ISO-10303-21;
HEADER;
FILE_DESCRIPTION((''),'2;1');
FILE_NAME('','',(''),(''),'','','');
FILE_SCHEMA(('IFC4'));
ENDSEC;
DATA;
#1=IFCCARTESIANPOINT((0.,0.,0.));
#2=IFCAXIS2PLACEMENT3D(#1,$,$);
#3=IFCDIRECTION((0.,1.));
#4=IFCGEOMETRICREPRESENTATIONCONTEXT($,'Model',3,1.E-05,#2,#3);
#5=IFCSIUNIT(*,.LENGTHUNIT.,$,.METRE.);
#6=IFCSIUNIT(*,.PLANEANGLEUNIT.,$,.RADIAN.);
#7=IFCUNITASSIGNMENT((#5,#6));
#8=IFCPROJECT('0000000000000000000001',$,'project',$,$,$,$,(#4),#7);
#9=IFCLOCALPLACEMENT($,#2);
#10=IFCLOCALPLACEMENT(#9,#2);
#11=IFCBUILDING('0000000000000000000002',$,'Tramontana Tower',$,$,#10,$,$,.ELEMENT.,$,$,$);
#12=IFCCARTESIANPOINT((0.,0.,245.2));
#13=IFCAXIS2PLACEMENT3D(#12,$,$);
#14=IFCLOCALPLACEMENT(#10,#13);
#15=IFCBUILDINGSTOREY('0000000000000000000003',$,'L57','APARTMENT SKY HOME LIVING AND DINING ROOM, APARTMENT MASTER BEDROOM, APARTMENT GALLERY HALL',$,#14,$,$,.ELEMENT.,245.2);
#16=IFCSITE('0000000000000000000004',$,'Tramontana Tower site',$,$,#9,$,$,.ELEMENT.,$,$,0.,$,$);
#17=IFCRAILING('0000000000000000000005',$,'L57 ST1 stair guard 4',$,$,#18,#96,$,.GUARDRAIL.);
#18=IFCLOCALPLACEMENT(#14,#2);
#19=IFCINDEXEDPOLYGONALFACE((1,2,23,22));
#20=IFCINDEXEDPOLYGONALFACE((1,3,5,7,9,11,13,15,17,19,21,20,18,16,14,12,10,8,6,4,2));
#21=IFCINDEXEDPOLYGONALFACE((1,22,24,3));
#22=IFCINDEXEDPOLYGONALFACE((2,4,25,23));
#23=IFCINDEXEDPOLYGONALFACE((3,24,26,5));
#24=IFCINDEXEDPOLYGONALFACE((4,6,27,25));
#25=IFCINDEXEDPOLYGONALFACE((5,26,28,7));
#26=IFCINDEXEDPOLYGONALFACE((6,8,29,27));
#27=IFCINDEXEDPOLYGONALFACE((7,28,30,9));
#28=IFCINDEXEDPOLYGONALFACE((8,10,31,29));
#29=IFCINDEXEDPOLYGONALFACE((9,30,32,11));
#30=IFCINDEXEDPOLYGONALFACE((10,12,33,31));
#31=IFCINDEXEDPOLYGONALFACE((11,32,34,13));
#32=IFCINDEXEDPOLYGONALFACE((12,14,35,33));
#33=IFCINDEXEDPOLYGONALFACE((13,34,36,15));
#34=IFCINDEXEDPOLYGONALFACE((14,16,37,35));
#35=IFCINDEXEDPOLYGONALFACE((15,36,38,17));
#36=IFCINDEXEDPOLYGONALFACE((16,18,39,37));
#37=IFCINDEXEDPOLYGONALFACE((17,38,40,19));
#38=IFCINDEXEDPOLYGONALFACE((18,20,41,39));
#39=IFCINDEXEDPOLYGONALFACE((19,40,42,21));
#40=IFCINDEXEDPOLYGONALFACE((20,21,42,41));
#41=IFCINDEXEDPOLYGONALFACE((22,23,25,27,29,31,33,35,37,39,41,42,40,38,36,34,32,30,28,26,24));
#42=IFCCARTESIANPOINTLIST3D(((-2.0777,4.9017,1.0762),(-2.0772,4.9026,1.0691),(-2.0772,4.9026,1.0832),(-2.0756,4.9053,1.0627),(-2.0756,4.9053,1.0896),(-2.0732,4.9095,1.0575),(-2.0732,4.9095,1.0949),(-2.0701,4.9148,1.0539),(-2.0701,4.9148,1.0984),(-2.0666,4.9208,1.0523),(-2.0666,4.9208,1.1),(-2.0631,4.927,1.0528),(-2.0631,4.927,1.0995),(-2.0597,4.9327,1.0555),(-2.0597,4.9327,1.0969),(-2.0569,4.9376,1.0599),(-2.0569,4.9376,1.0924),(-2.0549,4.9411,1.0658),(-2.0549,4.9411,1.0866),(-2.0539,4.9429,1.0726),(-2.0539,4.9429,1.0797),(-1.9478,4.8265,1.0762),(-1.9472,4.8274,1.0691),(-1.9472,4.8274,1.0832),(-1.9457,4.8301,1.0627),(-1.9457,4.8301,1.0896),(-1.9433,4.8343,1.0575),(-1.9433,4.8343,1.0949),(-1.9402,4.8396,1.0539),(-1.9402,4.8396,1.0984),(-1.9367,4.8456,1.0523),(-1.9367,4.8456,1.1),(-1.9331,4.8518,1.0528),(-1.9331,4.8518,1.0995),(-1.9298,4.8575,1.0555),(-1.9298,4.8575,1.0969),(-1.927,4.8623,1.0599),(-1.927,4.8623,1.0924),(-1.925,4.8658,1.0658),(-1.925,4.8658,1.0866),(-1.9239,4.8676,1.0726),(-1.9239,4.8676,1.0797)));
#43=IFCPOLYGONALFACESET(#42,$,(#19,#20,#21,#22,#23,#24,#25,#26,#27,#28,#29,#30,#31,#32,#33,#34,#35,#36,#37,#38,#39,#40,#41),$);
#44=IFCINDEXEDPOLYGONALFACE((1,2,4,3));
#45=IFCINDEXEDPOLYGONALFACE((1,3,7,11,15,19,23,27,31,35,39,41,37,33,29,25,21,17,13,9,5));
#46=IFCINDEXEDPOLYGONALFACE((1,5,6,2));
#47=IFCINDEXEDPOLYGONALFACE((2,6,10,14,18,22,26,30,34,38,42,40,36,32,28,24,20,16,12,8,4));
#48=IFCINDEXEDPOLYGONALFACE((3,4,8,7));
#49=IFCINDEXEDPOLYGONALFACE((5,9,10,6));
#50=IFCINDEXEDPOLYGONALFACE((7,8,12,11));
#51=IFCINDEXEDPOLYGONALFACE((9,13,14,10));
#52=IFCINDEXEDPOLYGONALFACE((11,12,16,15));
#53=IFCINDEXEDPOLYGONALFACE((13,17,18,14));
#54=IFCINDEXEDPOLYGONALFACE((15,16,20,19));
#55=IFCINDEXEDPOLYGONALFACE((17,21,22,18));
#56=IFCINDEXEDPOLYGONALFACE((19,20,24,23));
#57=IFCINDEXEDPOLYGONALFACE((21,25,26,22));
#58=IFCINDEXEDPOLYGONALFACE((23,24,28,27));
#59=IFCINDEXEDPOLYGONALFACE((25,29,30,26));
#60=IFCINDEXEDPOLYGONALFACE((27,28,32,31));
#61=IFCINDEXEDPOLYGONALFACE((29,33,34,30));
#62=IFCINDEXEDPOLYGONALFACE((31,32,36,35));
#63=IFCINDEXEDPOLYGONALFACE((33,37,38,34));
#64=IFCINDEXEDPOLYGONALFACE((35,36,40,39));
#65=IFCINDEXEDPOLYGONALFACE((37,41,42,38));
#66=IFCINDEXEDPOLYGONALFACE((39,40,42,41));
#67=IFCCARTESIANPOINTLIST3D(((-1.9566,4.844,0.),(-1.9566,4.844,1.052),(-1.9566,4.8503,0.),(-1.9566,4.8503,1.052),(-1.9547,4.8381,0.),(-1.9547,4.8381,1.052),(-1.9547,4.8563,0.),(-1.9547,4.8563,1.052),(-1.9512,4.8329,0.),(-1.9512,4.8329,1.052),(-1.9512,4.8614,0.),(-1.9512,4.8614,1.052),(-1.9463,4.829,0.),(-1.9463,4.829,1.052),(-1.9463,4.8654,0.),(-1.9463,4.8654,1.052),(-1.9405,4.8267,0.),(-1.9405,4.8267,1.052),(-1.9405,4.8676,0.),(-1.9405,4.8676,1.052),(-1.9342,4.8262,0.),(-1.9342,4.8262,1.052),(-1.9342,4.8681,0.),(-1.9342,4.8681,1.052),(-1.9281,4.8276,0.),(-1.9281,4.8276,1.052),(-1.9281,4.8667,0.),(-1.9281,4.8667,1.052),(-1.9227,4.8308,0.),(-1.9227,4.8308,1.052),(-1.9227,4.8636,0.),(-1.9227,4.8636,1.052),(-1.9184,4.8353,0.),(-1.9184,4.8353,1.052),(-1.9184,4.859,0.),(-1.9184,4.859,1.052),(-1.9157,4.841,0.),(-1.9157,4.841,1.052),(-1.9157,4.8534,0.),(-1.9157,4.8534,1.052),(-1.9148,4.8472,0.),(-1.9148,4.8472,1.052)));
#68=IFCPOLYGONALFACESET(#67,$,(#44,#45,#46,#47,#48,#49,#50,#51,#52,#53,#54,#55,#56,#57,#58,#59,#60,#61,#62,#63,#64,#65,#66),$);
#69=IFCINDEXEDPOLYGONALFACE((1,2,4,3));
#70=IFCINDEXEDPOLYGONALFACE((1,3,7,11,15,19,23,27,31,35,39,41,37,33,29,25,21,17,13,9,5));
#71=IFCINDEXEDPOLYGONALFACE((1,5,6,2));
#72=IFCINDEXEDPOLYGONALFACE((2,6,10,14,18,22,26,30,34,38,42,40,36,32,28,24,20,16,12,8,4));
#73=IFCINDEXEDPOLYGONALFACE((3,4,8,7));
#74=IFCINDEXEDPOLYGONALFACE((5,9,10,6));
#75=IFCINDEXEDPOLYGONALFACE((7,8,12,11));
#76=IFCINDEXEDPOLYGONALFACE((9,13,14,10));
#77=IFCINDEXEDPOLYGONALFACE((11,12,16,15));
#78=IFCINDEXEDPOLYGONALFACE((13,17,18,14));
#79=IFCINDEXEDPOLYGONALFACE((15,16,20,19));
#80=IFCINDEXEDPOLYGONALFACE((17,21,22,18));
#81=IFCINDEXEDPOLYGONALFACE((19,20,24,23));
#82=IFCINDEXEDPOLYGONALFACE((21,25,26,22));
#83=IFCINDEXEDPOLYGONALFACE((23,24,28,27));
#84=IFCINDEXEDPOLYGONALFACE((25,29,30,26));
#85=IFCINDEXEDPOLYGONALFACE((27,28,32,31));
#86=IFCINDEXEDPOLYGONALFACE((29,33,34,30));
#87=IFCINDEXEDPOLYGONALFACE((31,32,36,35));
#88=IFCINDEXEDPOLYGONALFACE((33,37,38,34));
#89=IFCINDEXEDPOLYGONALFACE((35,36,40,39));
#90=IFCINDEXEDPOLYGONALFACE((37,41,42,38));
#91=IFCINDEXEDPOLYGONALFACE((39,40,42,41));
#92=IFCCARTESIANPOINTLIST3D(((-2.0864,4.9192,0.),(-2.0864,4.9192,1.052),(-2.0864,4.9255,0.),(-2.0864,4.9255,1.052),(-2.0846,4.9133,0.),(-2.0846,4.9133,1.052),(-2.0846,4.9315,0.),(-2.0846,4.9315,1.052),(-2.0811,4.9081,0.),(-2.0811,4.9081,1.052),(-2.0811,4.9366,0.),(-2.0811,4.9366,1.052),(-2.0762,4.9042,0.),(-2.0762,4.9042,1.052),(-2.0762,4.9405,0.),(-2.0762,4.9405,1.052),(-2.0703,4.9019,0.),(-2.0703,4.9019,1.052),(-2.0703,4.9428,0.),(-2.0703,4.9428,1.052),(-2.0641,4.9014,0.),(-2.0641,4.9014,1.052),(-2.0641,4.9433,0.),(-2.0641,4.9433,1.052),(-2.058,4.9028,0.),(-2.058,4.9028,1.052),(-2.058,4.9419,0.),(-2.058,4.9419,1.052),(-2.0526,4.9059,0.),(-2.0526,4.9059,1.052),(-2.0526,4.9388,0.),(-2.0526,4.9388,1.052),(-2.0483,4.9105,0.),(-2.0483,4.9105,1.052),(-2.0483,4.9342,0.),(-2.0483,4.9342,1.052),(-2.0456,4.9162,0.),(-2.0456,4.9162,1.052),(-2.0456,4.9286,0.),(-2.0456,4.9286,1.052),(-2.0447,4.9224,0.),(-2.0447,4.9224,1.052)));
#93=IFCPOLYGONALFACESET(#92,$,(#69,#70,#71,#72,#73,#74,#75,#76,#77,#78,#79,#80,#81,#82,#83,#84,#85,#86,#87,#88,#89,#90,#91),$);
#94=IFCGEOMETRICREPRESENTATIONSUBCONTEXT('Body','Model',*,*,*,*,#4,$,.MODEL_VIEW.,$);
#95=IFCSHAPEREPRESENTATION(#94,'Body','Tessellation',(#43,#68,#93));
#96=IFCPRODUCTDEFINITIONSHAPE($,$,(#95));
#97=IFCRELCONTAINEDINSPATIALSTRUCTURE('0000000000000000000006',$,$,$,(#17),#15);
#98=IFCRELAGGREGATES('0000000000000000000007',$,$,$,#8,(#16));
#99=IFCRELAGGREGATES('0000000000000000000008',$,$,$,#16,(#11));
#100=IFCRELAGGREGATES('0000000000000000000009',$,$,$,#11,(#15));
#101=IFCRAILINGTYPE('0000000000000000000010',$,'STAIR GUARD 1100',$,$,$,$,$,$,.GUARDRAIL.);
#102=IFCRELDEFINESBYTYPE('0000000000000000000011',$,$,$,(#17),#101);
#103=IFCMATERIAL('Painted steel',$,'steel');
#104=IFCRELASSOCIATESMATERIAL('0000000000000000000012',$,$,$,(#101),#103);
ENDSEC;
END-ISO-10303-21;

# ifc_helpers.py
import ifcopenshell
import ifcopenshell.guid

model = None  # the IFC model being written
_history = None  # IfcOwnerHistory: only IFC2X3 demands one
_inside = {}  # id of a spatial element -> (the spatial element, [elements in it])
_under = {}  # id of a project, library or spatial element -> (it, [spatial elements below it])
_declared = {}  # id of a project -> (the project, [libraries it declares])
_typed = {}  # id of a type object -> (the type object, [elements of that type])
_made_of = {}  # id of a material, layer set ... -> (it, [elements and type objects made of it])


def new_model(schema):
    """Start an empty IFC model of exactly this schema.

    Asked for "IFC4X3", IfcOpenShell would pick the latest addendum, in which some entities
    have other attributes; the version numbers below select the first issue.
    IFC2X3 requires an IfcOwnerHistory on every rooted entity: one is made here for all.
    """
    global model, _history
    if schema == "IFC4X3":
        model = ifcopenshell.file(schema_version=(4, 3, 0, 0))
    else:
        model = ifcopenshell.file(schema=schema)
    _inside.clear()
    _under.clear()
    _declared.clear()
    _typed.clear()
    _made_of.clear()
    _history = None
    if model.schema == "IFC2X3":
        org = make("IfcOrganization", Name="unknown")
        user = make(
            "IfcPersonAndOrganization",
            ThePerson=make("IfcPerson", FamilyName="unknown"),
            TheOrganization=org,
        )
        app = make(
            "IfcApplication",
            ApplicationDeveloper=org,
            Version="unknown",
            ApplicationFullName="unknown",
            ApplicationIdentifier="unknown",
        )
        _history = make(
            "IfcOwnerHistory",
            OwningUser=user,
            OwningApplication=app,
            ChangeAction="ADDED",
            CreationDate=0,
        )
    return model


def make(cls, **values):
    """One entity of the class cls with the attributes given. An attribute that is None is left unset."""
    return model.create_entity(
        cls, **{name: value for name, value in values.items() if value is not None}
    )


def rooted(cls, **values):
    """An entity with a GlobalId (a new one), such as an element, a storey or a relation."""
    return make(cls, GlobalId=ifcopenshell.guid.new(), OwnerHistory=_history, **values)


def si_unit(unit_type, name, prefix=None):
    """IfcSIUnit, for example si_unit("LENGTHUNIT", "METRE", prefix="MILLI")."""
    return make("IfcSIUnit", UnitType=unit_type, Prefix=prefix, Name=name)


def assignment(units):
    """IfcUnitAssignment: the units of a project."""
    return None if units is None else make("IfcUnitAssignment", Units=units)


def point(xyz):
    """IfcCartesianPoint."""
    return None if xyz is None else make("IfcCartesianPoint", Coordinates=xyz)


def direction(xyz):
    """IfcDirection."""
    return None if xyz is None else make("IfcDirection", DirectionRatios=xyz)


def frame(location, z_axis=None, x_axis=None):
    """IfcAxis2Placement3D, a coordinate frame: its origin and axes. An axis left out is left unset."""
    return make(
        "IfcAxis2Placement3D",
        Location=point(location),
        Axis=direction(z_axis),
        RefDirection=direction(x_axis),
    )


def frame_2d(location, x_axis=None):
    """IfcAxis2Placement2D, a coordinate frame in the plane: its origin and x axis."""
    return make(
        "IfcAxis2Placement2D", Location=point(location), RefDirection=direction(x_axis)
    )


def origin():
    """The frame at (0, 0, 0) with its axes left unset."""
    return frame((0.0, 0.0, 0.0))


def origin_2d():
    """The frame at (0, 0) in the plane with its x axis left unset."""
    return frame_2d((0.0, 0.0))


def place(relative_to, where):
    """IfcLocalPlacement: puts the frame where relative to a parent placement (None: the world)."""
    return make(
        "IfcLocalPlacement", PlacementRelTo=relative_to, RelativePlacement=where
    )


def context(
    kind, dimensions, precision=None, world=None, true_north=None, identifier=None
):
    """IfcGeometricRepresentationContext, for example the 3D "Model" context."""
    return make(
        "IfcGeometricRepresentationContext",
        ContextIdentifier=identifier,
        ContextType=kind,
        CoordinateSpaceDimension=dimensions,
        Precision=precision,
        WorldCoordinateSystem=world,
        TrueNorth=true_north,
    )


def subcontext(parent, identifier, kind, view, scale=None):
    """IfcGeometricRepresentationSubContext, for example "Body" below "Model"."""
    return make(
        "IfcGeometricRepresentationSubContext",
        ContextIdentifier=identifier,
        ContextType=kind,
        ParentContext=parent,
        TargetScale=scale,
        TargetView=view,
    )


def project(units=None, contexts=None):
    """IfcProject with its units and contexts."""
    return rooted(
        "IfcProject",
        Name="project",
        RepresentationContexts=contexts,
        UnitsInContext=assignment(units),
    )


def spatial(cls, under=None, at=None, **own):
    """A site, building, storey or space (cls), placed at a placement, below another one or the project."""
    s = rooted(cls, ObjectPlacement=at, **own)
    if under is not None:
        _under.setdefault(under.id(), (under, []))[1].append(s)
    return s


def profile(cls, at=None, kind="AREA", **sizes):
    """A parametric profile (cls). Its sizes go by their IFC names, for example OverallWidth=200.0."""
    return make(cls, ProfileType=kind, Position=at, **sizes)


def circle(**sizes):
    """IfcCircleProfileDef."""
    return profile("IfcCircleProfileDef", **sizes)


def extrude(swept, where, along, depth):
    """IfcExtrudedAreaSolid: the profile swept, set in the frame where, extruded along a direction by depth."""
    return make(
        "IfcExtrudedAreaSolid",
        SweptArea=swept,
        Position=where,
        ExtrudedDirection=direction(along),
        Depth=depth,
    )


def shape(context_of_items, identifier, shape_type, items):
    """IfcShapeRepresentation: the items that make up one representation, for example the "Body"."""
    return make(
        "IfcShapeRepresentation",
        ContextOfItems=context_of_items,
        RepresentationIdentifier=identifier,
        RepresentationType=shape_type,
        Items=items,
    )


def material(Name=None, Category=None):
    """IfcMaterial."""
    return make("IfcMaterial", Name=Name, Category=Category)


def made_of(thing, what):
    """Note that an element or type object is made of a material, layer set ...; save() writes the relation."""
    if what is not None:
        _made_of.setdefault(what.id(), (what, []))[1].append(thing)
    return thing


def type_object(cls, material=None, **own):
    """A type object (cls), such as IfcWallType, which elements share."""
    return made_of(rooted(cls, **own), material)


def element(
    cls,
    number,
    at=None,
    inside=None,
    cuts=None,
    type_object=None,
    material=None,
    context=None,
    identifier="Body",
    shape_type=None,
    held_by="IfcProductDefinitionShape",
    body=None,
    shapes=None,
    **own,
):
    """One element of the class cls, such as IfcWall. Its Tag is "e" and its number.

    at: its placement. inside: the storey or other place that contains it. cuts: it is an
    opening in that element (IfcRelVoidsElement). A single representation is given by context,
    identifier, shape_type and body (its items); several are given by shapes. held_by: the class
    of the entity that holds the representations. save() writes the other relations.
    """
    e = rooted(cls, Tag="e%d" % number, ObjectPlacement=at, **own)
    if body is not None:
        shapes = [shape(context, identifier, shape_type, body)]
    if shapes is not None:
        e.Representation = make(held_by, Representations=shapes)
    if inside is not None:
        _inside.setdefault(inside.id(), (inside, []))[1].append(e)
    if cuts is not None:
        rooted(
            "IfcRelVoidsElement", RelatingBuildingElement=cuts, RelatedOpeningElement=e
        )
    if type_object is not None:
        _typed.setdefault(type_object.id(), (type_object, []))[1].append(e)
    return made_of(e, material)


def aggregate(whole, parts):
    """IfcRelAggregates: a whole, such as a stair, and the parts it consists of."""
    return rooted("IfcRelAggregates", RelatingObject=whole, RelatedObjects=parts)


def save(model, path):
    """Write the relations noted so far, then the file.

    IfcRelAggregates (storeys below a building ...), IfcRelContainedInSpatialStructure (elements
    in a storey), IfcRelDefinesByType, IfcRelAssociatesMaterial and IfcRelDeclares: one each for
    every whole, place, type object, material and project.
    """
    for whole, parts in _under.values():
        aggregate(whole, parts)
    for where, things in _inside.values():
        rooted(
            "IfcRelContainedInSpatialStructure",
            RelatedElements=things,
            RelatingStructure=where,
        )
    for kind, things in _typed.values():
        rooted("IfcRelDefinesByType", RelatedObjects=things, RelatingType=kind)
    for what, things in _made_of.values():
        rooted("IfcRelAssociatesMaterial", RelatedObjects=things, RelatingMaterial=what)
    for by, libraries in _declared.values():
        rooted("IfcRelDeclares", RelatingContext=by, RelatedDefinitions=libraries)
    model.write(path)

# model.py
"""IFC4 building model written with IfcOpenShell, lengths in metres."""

from ifc_helpers import new_model, si_unit, direction, frame, origin, origin_2d, place, context, subcontext, project, spatial, circle, extrude, material, type_object, element, save


model = new_model("IFC4")

# Units and contexts
model_context = context("Model", 3, precision=1e-05, world=origin(), true_north=direction((0.0, 1.0)))
body_context = subcontext(model_context, "Body", "Model", "MODEL_VIEW")
ifc_project = project(units=[si_unit("LENGTHUNIT", "METRE"), si_unit("PLANEANGLEUNIT", "RADIAN")], contexts=[model_context])

# Site, building, storey
site_placement = place(None, origin())
site = spatial("IfcSite", under=ifc_project, at=site_placement, Name="Tramontana Tower site", CompositionType="ELEMENT", RefElevation=0.0)
building_placement = place(site_placement, origin())
building = spatial("IfcBuilding", under=site, at=building_placement, Name="Tramontana Tower", CompositionType="ELEMENT")
storey_placement = place(building_placement, frame((0.0, 0.0, 245.2)))
storey = spatial("IfcBuildingStorey", under=building, at=storey_placement, Name="L57", Description="APARTMENT SKY HOME LIVING AND DINING ROOM, APARTMENT MASTER BEDROOM, APARTMENT GALLERY HALL", CompositionType="ELEMENT", Elevation=245.2)

# Railing
ifc_material_1 = material(Name="Painted steel", Category="steel")
railing_type_1 = type_object("IfcRailingType", Name="STAIR GUARD 1100", PredefinedType="GUARDRAIL", material=ifc_material_1)
railing_1_placement = place(storey_placement, frame((-1.9358, 4.8472, 0.0)))
element("IfcRailing", 1, at=railing_1_placement, inside=storey, type_object=railing_type_1, Name="L57 ST1 stair guard 4", PredefinedType="GUARDRAIL", context=body_context, shape_type="SweptSolid", body=[
    extrude(circle(Radius=0.0239, at=origin_2d()), frame((0.0, 0.0, 1.0762), z_axis=(-0.865426, 0.501036, 0.0), x_axis=(-0.501036, -0.865426, 0.0)), (0.0, 0.0, 1.0), 0.1501),
    extrude(circle(Radius=0.021, at=origin_2d()), origin(), (0.0, 0.0, 1.0), 1.052),
    extrude(circle(Radius=0.021, at=origin_2d()), frame((-0.1299, 0.0752, 0.0)), (0.0, 0.0, 1.0), 1.052),
])

save(model, "model.ifc")
